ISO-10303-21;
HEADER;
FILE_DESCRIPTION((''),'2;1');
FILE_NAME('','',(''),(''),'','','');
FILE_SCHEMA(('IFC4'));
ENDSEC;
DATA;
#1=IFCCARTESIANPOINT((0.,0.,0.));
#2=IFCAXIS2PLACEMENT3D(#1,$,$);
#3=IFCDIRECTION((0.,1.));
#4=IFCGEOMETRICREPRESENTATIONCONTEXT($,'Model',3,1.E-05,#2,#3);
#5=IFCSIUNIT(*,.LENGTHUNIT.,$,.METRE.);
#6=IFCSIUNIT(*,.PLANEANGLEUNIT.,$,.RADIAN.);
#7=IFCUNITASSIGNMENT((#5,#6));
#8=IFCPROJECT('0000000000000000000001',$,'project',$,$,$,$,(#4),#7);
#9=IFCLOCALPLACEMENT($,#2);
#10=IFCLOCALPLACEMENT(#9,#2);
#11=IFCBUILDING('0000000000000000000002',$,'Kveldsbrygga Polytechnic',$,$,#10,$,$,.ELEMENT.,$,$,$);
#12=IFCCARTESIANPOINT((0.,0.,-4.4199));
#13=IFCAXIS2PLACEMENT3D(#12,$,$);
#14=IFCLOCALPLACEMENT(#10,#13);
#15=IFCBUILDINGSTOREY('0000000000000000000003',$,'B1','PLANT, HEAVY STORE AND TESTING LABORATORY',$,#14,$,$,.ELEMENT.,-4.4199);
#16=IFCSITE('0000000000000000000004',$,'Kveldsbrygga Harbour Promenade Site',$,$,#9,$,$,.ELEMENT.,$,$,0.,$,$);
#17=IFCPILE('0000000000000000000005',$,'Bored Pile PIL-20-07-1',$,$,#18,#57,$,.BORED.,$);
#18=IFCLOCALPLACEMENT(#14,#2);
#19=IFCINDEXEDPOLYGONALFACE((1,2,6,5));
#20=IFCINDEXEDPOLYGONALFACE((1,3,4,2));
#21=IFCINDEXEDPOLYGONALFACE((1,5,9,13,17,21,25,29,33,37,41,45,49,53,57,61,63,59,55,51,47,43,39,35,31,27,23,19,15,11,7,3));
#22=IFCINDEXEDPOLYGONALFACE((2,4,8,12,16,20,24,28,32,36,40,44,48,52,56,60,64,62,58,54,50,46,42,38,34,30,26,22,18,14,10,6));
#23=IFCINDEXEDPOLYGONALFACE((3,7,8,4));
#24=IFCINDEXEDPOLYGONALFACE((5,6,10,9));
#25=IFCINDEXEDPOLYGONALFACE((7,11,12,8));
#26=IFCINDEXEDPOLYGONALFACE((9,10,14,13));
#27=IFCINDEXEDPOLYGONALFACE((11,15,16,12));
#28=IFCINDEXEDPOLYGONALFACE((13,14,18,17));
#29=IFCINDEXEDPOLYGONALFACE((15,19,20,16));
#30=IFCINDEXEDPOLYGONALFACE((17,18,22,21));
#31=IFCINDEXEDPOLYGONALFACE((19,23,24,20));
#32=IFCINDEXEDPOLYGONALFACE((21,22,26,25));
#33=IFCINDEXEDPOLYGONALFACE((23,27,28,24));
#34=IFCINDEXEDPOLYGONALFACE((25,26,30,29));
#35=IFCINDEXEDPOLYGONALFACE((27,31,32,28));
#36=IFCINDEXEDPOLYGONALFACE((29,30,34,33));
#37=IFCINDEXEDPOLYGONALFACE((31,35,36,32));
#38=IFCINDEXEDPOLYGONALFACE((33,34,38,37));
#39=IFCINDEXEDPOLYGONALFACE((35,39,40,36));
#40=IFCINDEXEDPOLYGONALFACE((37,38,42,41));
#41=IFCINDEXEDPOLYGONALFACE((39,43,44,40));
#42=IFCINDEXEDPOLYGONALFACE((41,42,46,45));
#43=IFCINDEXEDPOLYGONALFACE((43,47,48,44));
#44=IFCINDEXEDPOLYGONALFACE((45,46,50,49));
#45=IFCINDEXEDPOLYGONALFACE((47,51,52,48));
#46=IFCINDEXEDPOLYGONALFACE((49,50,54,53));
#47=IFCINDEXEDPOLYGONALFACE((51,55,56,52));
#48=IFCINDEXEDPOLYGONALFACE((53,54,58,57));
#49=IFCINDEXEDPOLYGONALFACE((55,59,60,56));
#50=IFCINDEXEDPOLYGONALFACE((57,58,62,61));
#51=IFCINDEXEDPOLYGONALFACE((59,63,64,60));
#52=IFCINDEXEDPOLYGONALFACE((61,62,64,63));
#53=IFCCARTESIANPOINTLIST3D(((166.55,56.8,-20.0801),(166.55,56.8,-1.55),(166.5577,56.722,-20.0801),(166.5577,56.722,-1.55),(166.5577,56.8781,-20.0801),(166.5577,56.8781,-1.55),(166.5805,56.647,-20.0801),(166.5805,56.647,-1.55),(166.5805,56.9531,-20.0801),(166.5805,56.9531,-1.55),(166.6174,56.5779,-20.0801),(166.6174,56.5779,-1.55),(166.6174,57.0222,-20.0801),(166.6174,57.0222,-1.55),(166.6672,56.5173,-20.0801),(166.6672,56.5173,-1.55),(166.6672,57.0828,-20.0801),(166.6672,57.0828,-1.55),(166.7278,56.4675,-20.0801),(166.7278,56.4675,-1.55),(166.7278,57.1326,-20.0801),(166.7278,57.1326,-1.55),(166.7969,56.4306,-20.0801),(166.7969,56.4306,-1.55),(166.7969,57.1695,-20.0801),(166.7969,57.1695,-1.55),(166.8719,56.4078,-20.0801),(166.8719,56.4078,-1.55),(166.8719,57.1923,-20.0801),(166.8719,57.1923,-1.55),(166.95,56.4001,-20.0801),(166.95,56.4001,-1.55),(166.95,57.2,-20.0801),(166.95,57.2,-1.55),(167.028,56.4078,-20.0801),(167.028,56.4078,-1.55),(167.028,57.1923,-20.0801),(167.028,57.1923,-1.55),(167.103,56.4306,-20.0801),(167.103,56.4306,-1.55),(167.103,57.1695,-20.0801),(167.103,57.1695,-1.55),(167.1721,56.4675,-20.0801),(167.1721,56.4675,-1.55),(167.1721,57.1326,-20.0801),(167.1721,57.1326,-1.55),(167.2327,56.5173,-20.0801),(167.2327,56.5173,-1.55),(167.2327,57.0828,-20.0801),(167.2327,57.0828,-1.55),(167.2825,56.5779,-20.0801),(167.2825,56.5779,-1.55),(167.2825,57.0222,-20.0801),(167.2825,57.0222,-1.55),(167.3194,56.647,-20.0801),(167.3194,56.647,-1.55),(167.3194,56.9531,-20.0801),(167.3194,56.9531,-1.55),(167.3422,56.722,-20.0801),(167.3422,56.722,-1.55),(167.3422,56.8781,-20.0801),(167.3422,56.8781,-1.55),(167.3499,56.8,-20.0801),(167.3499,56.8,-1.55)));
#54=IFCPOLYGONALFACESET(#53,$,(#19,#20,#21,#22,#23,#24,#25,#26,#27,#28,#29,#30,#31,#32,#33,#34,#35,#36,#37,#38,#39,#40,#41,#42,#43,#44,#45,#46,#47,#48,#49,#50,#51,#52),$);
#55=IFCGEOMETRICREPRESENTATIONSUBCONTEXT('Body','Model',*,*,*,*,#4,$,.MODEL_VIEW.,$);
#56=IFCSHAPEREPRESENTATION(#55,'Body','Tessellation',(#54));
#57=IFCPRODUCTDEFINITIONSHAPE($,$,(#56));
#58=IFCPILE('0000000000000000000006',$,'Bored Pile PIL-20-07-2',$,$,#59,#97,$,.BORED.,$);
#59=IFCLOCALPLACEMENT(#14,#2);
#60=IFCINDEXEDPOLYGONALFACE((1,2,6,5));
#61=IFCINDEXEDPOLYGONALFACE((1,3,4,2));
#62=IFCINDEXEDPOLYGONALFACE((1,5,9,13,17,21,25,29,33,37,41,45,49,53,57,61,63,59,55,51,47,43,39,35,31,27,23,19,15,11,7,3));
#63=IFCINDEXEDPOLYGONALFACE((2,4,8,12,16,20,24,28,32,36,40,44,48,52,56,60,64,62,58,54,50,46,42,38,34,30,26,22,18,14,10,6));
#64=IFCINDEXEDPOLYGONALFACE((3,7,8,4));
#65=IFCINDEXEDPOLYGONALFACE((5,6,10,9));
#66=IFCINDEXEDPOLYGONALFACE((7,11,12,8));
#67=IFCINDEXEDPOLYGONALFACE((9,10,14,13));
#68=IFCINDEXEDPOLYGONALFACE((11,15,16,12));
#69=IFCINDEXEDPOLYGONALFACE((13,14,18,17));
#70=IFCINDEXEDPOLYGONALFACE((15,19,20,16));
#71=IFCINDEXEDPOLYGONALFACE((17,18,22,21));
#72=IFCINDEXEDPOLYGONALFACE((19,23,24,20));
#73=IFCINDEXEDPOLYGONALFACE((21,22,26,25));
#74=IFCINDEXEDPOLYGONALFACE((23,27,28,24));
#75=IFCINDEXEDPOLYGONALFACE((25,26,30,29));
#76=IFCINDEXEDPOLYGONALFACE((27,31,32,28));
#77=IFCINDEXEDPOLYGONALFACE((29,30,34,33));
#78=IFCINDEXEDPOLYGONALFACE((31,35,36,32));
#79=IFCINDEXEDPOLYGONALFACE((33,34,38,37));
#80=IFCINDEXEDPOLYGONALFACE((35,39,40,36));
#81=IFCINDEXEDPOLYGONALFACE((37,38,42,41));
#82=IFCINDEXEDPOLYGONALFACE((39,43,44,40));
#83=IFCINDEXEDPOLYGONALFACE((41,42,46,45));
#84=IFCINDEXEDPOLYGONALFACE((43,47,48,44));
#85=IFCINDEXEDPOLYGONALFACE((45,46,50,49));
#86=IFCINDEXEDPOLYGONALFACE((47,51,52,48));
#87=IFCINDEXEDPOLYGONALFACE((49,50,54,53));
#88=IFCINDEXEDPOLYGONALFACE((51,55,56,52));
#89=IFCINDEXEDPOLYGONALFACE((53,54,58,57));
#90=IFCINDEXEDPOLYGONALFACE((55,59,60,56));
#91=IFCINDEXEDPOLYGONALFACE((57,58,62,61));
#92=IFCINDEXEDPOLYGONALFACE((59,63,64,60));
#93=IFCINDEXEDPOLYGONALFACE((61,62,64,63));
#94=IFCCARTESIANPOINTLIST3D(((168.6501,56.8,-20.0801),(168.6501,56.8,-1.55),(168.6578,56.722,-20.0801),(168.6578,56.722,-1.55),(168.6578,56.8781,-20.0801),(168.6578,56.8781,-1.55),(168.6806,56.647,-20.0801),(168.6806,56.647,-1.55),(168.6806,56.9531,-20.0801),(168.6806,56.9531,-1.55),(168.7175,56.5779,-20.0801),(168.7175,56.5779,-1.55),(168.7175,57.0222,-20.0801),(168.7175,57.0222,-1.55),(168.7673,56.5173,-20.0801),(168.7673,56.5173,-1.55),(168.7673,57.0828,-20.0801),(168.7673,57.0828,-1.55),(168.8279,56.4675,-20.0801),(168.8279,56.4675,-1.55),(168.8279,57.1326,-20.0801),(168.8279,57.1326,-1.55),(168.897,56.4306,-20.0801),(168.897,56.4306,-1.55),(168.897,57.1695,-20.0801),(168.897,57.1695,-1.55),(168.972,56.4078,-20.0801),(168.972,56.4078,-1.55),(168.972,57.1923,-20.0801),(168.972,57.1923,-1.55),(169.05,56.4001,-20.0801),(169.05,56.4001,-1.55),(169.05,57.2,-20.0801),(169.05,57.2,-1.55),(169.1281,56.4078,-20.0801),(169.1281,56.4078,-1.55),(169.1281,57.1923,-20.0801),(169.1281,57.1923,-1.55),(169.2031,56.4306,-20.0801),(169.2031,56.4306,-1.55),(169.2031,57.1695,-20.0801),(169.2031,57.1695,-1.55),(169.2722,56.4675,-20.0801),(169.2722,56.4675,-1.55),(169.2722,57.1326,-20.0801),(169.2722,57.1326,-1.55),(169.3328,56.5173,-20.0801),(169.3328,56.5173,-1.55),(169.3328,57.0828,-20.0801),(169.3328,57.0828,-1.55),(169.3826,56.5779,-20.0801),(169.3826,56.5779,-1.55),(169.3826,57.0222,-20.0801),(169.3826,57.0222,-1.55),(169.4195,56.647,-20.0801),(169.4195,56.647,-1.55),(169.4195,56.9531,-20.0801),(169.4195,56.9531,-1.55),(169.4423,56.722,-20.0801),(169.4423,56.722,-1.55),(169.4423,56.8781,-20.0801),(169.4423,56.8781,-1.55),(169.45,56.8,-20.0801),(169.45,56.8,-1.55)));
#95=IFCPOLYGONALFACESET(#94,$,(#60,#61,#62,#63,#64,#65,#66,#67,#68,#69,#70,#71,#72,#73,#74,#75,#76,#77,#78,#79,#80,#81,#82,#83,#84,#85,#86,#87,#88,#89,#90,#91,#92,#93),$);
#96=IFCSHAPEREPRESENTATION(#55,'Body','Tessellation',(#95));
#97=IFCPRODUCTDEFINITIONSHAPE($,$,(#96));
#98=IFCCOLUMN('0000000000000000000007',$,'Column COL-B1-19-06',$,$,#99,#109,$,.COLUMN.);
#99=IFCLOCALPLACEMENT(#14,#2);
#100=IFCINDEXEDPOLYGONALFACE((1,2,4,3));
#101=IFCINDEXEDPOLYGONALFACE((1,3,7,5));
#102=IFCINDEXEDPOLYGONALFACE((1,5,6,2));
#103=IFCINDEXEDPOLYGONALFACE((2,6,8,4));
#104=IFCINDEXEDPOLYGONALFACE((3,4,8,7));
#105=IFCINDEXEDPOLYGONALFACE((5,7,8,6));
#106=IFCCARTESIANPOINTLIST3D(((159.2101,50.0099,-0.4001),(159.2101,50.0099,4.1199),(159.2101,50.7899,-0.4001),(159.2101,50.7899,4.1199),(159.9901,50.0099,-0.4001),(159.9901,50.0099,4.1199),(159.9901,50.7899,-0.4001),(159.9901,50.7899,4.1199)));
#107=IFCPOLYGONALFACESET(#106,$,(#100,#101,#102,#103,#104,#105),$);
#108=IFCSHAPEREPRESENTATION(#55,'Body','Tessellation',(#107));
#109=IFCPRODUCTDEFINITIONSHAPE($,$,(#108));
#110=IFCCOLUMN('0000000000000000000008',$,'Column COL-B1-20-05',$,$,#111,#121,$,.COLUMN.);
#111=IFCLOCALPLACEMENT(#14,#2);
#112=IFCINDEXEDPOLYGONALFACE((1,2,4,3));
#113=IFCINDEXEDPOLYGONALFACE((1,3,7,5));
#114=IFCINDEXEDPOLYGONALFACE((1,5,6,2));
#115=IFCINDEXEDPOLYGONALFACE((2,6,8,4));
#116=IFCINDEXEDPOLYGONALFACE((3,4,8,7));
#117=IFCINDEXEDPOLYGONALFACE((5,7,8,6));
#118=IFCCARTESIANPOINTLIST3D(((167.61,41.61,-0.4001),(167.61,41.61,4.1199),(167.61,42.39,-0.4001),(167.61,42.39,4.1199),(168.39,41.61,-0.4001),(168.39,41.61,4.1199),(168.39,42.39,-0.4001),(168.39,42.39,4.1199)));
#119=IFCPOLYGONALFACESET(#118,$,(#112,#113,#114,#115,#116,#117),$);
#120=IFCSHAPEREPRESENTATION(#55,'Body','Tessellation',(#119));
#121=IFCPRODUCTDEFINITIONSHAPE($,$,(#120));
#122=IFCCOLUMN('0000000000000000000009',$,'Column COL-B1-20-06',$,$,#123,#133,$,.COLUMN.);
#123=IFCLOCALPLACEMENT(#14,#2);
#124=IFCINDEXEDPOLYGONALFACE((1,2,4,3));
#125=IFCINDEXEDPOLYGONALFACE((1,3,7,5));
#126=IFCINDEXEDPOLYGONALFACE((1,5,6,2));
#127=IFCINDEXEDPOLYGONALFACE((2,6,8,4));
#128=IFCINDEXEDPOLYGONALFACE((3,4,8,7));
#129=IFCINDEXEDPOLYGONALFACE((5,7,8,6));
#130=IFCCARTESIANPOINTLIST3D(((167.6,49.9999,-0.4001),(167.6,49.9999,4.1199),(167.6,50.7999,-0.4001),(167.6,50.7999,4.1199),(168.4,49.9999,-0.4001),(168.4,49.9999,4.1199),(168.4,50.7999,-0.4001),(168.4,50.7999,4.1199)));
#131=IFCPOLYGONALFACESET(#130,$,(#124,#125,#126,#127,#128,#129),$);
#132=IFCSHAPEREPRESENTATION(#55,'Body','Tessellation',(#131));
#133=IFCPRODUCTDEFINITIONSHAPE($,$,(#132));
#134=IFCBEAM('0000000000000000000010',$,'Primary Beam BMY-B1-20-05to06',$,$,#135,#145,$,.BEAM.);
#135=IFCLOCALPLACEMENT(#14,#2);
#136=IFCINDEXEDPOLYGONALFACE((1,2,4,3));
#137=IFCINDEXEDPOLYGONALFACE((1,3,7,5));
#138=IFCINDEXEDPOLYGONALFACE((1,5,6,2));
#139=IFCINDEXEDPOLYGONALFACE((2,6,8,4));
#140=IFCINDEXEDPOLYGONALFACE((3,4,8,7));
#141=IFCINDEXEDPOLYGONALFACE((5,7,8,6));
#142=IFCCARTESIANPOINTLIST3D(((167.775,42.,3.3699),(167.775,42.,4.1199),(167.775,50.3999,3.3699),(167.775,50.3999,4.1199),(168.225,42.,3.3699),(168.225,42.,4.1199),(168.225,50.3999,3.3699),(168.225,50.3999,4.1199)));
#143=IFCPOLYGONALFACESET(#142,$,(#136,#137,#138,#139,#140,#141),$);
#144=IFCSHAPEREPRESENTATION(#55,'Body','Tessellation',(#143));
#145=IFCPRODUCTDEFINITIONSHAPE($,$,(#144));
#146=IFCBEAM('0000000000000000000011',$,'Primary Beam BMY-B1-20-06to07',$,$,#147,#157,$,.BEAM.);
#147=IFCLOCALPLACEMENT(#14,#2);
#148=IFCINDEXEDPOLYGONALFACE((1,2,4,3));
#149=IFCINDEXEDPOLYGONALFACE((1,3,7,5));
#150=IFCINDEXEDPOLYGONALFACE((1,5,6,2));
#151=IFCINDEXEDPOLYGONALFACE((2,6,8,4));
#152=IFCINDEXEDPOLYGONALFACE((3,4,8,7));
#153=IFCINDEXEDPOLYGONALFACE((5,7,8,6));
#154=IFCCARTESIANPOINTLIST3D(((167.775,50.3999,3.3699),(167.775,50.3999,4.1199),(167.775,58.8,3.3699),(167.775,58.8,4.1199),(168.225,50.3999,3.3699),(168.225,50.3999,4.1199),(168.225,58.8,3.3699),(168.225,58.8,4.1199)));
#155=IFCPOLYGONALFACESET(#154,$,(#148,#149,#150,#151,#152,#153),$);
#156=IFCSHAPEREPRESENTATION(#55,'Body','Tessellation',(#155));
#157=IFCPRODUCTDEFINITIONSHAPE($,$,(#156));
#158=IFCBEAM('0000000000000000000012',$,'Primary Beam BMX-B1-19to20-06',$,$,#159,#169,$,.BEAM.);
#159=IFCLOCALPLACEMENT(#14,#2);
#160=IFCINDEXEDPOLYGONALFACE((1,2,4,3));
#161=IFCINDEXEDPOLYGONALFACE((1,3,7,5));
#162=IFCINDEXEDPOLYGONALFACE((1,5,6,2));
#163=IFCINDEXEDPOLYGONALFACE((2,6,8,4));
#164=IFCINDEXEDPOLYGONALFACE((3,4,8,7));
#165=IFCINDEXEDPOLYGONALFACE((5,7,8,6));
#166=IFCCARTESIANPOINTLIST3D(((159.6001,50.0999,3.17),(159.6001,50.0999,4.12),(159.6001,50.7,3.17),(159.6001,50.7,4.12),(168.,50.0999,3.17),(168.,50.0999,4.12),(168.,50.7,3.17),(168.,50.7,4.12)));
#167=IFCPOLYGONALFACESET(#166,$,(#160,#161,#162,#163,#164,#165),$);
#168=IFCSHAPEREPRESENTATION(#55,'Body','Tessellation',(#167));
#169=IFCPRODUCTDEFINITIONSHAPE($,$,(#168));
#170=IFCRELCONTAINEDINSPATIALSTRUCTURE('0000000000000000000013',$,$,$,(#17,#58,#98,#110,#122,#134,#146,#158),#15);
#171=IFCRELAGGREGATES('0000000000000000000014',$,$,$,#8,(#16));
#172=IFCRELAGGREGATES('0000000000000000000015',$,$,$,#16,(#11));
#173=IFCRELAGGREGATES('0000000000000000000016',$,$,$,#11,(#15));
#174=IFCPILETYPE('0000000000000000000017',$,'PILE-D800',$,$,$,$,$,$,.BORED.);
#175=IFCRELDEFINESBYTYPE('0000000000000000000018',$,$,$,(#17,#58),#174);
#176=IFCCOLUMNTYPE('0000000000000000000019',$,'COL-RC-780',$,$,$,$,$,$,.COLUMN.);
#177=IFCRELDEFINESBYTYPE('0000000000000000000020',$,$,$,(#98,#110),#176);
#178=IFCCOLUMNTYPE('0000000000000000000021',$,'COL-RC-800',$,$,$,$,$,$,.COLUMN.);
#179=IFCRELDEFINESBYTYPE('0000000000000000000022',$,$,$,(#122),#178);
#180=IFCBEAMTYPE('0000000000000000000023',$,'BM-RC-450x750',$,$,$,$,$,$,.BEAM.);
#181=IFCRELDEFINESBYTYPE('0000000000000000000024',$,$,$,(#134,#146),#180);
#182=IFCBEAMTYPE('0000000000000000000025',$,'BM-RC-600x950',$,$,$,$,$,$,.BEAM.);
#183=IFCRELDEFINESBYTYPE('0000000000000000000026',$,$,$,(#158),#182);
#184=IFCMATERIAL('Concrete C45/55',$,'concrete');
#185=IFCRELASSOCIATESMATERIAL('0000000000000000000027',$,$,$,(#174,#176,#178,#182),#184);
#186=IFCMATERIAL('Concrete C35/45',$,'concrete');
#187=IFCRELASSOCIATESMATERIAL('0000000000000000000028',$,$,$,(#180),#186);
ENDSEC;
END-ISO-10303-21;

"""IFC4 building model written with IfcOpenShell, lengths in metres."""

from ifc_helpers import new_model, si_unit, direction, frame, origin, origin_2d, place, context, subcontext, project, spatial, rectangle, circle, extrude, material, material_profile, profile_set, type_object, element, save


model = new_model("IFC4")

# Units and contexts
model_context = context("Model", 3, precision=1e-05, world=origin(), true_north=direction((0.0, 1.0)))
body_context = subcontext(model_context, "Body", "Model", "MODEL_VIEW")
ifc_project = project(units=[si_unit("LENGTHUNIT", "METRE"), si_unit("PLANEANGLEUNIT", "RADIAN")], contexts=[model_context])

# Site, building, storey
site_placement = place(None, origin())
site = spatial("IfcSite", under=ifc_project, at=site_placement, Name="Kveldsbrygga Harbour Promenade Site", CompositionType="ELEMENT", RefElevation=0.0)
building_placement = place(site_placement, origin())
building = spatial("IfcBuilding", under=site, at=building_placement, Name="Kveldsbrygga Polytechnic", CompositionType="ELEMENT")
storey_placement = place(building_placement, frame((0.0, 0.0, -4.4199)))
storey = spatial("IfcBuildingStorey", under=building, at=storey_placement, Name="B1", Description="PLANT, HEAVY STORE AND TESTING LABORATORY", CompositionType="ELEMENT", Elevation=-4.4199)

# Shared definitions
ifc_material_1 = material(Name="Concrete C45/55", Category="concrete")

# Piles
ifc_material_profile_1 = material_profile(ifc_material_1, circle(Radius=0.3999, at=origin_2d()), Name="PILE D800")
ifc_profile_set_1 = profile_set([ifc_material_profile_1], Name="Concrete C45/55")
pile_type = type_object("IfcPileType", Name="PILE-D800", PredefinedType="BORED", material=ifc_profile_set_1)
for number, where, z_axis, x_axis, name in (
    (1, (166.95, 56.8, -1.55), (0.0, 0.0, -1.0), (1.0, 0.0, 0.0), "Bored Pile PIL-20-07-1"),
    (2, (169.05, 56.8, -1.55), (0.0, 0.0, -1.0), (1.0, 0.0, 0.0), "Bored Pile PIL-20-07-2"),
):
    element("IfcPile", number, at=place(storey_placement, frame(where, z_axis=z_axis, x_axis=x_axis)), inside=storey, type_object=pile_type, Name=name, PredefinedType="BORED", context=body_context, shape_type="SweptSolid", body=[
        extrude(circle(Radius=0.3999, at=origin_2d()), origin(), (0.0, 0.0, 1.0), 18.53),
    ])

# Columns
ifc_material_profile_2 = material_profile(ifc_material_1, rectangle(XDim=0.78, YDim=0.78, at=origin_2d()), Name="RC 780x780")
ifc_profile_set_2 = profile_set([ifc_material_profile_2], Name="Concrete C45/55")
column_type_1 = type_object("IfcColumnType", Name="COL-RC-780", PredefinedType="COLUMN", material=ifc_profile_set_2)
for number, where, z_axis, x_axis, name in (
    (3, (159.6001, 50.3999, -0.4001), (0.0, 0.0, 1.0), (1.0, 0.0, 0.0), "Column COL-B1-19-06"),
    (4, (168.0, 42.0, -0.4001), (0.0, 0.0, 1.0), (1.0, 0.0, 0.0), "Column COL-B1-20-05"),
):
    element("IfcColumn", number, at=place(storey_placement, frame(where, z_axis=z_axis, x_axis=x_axis)), inside=storey, type_object=column_type_1, Name=name, PredefinedType="COLUMN", context=body_context, shape_type="SweptSolid", body=[
        extrude(rectangle(XDim=0.78, YDim=0.78, at=origin_2d()), origin(), (0.0, 0.0, 1.0), 4.52),
    ])
ifc_material_profile_3 = material_profile(ifc_material_1, rectangle(XDim=0.8, YDim=0.8, at=origin_2d()), Name="RC 800x800")
ifc_profile_set_3 = profile_set([ifc_material_profile_3], Name="Concrete C45/55")
column_type_2 = type_object("IfcColumnType", Name="COL-RC-800", PredefinedType="COLUMN", material=ifc_profile_set_3)
column_placement = place(storey_placement, frame((168.0, 50.3999, -0.4001), z_axis=(0.0, 0.0, 1.0), x_axis=(1.0, 0.0, 0.0)))
element("IfcColumn", 5, at=column_placement, inside=storey, type_object=column_type_2, Name="Column COL-B1-20-06", PredefinedType="COLUMN", context=body_context, shape_type="SweptSolid", body=[
    extrude(rectangle(XDim=0.8, YDim=0.8, at=origin_2d()), origin(), (0.0, 0.0, 1.0), 4.52),
])

# Beams
ifc_material_2 = material(Name="Concrete C35/45", Category="concrete")
ifc_material_profile_4 = material_profile(ifc_material_2, rectangle(XDim=0.45, YDim=0.75, at=origin_2d()), Name="RC 450x750")
ifc_profile_set_4 = profile_set([ifc_material_profile_4], Name="Concrete C35/45")
beam_type_1 = type_object("IfcBeamType", Name="BM-RC-450x750", PredefinedType="BEAM", material=ifc_profile_set_4)
beam_1_placement = place(storey_placement, frame((168.0, 42.0, 3.7449), z_axis=(0.0, 1.0, 0.0), x_axis=(-1.0, 0.0, 0.0)))
element("IfcBeam", 6, at=beam_1_placement, inside=storey, type_object=beam_type_1, Name="Primary Beam BMY-B1-20-05to06", PredefinedType="BEAM", context=body_context, shape_type="SweptSolid", body=[
    extrude(rectangle(XDim=0.45, YDim=0.75, at=origin_2d()), origin(), (0.0, 0.0, 1.0), 8.3999),
])
beam_2_placement = place(storey_placement, frame((168.0, 50.3999, 3.7449), z_axis=(0.0, 1.0, 0.0), x_axis=(-1.0, 0.0, 0.0)))
element("IfcBeam", 7, at=beam_2_placement, inside=storey, type_object=beam_type_1, Name="Primary Beam BMY-B1-20-06to07", PredefinedType="BEAM", context=body_context, shape_type="SweptSolid", body=[
    extrude(rectangle(XDim=0.45, YDim=0.75, at=origin_2d()), origin(), (0.0, 0.0, 1.0), 8.4001),
])
ifc_material_profile_5 = material_profile(ifc_material_1, rectangle(XDim=0.6001, YDim=0.95, at=origin_2d()), Name="RC 600x950")
ifc_profile_set_5 = profile_set([ifc_material_profile_5], Name="Concrete C45/55")
beam_type_2 = type_object("IfcBeamType", Name="BM-RC-600x950", PredefinedType="BEAM", material=ifc_profile_set_5)
beam_3_placement = place(storey_placement, frame((159.6001, 50.3999, 3.645), z_axis=(1.0, 0.0, 0.0), x_axis=(0.0, 1.0, 0.0)))
element("IfcBeam", 8, at=beam_3_placement, inside=storey, type_object=beam_type_2, Name="Primary Beam BMX-B1-19to20-06", PredefinedType="BEAM", context=body_context, shape_type="SweptSolid", body=[
    extrude(rectangle(XDim=0.6001, YDim=0.95, at=origin_2d()), origin(), (0.0, 0.0, 1.0), 8.3999),
])

save(model, "model.ifc")
